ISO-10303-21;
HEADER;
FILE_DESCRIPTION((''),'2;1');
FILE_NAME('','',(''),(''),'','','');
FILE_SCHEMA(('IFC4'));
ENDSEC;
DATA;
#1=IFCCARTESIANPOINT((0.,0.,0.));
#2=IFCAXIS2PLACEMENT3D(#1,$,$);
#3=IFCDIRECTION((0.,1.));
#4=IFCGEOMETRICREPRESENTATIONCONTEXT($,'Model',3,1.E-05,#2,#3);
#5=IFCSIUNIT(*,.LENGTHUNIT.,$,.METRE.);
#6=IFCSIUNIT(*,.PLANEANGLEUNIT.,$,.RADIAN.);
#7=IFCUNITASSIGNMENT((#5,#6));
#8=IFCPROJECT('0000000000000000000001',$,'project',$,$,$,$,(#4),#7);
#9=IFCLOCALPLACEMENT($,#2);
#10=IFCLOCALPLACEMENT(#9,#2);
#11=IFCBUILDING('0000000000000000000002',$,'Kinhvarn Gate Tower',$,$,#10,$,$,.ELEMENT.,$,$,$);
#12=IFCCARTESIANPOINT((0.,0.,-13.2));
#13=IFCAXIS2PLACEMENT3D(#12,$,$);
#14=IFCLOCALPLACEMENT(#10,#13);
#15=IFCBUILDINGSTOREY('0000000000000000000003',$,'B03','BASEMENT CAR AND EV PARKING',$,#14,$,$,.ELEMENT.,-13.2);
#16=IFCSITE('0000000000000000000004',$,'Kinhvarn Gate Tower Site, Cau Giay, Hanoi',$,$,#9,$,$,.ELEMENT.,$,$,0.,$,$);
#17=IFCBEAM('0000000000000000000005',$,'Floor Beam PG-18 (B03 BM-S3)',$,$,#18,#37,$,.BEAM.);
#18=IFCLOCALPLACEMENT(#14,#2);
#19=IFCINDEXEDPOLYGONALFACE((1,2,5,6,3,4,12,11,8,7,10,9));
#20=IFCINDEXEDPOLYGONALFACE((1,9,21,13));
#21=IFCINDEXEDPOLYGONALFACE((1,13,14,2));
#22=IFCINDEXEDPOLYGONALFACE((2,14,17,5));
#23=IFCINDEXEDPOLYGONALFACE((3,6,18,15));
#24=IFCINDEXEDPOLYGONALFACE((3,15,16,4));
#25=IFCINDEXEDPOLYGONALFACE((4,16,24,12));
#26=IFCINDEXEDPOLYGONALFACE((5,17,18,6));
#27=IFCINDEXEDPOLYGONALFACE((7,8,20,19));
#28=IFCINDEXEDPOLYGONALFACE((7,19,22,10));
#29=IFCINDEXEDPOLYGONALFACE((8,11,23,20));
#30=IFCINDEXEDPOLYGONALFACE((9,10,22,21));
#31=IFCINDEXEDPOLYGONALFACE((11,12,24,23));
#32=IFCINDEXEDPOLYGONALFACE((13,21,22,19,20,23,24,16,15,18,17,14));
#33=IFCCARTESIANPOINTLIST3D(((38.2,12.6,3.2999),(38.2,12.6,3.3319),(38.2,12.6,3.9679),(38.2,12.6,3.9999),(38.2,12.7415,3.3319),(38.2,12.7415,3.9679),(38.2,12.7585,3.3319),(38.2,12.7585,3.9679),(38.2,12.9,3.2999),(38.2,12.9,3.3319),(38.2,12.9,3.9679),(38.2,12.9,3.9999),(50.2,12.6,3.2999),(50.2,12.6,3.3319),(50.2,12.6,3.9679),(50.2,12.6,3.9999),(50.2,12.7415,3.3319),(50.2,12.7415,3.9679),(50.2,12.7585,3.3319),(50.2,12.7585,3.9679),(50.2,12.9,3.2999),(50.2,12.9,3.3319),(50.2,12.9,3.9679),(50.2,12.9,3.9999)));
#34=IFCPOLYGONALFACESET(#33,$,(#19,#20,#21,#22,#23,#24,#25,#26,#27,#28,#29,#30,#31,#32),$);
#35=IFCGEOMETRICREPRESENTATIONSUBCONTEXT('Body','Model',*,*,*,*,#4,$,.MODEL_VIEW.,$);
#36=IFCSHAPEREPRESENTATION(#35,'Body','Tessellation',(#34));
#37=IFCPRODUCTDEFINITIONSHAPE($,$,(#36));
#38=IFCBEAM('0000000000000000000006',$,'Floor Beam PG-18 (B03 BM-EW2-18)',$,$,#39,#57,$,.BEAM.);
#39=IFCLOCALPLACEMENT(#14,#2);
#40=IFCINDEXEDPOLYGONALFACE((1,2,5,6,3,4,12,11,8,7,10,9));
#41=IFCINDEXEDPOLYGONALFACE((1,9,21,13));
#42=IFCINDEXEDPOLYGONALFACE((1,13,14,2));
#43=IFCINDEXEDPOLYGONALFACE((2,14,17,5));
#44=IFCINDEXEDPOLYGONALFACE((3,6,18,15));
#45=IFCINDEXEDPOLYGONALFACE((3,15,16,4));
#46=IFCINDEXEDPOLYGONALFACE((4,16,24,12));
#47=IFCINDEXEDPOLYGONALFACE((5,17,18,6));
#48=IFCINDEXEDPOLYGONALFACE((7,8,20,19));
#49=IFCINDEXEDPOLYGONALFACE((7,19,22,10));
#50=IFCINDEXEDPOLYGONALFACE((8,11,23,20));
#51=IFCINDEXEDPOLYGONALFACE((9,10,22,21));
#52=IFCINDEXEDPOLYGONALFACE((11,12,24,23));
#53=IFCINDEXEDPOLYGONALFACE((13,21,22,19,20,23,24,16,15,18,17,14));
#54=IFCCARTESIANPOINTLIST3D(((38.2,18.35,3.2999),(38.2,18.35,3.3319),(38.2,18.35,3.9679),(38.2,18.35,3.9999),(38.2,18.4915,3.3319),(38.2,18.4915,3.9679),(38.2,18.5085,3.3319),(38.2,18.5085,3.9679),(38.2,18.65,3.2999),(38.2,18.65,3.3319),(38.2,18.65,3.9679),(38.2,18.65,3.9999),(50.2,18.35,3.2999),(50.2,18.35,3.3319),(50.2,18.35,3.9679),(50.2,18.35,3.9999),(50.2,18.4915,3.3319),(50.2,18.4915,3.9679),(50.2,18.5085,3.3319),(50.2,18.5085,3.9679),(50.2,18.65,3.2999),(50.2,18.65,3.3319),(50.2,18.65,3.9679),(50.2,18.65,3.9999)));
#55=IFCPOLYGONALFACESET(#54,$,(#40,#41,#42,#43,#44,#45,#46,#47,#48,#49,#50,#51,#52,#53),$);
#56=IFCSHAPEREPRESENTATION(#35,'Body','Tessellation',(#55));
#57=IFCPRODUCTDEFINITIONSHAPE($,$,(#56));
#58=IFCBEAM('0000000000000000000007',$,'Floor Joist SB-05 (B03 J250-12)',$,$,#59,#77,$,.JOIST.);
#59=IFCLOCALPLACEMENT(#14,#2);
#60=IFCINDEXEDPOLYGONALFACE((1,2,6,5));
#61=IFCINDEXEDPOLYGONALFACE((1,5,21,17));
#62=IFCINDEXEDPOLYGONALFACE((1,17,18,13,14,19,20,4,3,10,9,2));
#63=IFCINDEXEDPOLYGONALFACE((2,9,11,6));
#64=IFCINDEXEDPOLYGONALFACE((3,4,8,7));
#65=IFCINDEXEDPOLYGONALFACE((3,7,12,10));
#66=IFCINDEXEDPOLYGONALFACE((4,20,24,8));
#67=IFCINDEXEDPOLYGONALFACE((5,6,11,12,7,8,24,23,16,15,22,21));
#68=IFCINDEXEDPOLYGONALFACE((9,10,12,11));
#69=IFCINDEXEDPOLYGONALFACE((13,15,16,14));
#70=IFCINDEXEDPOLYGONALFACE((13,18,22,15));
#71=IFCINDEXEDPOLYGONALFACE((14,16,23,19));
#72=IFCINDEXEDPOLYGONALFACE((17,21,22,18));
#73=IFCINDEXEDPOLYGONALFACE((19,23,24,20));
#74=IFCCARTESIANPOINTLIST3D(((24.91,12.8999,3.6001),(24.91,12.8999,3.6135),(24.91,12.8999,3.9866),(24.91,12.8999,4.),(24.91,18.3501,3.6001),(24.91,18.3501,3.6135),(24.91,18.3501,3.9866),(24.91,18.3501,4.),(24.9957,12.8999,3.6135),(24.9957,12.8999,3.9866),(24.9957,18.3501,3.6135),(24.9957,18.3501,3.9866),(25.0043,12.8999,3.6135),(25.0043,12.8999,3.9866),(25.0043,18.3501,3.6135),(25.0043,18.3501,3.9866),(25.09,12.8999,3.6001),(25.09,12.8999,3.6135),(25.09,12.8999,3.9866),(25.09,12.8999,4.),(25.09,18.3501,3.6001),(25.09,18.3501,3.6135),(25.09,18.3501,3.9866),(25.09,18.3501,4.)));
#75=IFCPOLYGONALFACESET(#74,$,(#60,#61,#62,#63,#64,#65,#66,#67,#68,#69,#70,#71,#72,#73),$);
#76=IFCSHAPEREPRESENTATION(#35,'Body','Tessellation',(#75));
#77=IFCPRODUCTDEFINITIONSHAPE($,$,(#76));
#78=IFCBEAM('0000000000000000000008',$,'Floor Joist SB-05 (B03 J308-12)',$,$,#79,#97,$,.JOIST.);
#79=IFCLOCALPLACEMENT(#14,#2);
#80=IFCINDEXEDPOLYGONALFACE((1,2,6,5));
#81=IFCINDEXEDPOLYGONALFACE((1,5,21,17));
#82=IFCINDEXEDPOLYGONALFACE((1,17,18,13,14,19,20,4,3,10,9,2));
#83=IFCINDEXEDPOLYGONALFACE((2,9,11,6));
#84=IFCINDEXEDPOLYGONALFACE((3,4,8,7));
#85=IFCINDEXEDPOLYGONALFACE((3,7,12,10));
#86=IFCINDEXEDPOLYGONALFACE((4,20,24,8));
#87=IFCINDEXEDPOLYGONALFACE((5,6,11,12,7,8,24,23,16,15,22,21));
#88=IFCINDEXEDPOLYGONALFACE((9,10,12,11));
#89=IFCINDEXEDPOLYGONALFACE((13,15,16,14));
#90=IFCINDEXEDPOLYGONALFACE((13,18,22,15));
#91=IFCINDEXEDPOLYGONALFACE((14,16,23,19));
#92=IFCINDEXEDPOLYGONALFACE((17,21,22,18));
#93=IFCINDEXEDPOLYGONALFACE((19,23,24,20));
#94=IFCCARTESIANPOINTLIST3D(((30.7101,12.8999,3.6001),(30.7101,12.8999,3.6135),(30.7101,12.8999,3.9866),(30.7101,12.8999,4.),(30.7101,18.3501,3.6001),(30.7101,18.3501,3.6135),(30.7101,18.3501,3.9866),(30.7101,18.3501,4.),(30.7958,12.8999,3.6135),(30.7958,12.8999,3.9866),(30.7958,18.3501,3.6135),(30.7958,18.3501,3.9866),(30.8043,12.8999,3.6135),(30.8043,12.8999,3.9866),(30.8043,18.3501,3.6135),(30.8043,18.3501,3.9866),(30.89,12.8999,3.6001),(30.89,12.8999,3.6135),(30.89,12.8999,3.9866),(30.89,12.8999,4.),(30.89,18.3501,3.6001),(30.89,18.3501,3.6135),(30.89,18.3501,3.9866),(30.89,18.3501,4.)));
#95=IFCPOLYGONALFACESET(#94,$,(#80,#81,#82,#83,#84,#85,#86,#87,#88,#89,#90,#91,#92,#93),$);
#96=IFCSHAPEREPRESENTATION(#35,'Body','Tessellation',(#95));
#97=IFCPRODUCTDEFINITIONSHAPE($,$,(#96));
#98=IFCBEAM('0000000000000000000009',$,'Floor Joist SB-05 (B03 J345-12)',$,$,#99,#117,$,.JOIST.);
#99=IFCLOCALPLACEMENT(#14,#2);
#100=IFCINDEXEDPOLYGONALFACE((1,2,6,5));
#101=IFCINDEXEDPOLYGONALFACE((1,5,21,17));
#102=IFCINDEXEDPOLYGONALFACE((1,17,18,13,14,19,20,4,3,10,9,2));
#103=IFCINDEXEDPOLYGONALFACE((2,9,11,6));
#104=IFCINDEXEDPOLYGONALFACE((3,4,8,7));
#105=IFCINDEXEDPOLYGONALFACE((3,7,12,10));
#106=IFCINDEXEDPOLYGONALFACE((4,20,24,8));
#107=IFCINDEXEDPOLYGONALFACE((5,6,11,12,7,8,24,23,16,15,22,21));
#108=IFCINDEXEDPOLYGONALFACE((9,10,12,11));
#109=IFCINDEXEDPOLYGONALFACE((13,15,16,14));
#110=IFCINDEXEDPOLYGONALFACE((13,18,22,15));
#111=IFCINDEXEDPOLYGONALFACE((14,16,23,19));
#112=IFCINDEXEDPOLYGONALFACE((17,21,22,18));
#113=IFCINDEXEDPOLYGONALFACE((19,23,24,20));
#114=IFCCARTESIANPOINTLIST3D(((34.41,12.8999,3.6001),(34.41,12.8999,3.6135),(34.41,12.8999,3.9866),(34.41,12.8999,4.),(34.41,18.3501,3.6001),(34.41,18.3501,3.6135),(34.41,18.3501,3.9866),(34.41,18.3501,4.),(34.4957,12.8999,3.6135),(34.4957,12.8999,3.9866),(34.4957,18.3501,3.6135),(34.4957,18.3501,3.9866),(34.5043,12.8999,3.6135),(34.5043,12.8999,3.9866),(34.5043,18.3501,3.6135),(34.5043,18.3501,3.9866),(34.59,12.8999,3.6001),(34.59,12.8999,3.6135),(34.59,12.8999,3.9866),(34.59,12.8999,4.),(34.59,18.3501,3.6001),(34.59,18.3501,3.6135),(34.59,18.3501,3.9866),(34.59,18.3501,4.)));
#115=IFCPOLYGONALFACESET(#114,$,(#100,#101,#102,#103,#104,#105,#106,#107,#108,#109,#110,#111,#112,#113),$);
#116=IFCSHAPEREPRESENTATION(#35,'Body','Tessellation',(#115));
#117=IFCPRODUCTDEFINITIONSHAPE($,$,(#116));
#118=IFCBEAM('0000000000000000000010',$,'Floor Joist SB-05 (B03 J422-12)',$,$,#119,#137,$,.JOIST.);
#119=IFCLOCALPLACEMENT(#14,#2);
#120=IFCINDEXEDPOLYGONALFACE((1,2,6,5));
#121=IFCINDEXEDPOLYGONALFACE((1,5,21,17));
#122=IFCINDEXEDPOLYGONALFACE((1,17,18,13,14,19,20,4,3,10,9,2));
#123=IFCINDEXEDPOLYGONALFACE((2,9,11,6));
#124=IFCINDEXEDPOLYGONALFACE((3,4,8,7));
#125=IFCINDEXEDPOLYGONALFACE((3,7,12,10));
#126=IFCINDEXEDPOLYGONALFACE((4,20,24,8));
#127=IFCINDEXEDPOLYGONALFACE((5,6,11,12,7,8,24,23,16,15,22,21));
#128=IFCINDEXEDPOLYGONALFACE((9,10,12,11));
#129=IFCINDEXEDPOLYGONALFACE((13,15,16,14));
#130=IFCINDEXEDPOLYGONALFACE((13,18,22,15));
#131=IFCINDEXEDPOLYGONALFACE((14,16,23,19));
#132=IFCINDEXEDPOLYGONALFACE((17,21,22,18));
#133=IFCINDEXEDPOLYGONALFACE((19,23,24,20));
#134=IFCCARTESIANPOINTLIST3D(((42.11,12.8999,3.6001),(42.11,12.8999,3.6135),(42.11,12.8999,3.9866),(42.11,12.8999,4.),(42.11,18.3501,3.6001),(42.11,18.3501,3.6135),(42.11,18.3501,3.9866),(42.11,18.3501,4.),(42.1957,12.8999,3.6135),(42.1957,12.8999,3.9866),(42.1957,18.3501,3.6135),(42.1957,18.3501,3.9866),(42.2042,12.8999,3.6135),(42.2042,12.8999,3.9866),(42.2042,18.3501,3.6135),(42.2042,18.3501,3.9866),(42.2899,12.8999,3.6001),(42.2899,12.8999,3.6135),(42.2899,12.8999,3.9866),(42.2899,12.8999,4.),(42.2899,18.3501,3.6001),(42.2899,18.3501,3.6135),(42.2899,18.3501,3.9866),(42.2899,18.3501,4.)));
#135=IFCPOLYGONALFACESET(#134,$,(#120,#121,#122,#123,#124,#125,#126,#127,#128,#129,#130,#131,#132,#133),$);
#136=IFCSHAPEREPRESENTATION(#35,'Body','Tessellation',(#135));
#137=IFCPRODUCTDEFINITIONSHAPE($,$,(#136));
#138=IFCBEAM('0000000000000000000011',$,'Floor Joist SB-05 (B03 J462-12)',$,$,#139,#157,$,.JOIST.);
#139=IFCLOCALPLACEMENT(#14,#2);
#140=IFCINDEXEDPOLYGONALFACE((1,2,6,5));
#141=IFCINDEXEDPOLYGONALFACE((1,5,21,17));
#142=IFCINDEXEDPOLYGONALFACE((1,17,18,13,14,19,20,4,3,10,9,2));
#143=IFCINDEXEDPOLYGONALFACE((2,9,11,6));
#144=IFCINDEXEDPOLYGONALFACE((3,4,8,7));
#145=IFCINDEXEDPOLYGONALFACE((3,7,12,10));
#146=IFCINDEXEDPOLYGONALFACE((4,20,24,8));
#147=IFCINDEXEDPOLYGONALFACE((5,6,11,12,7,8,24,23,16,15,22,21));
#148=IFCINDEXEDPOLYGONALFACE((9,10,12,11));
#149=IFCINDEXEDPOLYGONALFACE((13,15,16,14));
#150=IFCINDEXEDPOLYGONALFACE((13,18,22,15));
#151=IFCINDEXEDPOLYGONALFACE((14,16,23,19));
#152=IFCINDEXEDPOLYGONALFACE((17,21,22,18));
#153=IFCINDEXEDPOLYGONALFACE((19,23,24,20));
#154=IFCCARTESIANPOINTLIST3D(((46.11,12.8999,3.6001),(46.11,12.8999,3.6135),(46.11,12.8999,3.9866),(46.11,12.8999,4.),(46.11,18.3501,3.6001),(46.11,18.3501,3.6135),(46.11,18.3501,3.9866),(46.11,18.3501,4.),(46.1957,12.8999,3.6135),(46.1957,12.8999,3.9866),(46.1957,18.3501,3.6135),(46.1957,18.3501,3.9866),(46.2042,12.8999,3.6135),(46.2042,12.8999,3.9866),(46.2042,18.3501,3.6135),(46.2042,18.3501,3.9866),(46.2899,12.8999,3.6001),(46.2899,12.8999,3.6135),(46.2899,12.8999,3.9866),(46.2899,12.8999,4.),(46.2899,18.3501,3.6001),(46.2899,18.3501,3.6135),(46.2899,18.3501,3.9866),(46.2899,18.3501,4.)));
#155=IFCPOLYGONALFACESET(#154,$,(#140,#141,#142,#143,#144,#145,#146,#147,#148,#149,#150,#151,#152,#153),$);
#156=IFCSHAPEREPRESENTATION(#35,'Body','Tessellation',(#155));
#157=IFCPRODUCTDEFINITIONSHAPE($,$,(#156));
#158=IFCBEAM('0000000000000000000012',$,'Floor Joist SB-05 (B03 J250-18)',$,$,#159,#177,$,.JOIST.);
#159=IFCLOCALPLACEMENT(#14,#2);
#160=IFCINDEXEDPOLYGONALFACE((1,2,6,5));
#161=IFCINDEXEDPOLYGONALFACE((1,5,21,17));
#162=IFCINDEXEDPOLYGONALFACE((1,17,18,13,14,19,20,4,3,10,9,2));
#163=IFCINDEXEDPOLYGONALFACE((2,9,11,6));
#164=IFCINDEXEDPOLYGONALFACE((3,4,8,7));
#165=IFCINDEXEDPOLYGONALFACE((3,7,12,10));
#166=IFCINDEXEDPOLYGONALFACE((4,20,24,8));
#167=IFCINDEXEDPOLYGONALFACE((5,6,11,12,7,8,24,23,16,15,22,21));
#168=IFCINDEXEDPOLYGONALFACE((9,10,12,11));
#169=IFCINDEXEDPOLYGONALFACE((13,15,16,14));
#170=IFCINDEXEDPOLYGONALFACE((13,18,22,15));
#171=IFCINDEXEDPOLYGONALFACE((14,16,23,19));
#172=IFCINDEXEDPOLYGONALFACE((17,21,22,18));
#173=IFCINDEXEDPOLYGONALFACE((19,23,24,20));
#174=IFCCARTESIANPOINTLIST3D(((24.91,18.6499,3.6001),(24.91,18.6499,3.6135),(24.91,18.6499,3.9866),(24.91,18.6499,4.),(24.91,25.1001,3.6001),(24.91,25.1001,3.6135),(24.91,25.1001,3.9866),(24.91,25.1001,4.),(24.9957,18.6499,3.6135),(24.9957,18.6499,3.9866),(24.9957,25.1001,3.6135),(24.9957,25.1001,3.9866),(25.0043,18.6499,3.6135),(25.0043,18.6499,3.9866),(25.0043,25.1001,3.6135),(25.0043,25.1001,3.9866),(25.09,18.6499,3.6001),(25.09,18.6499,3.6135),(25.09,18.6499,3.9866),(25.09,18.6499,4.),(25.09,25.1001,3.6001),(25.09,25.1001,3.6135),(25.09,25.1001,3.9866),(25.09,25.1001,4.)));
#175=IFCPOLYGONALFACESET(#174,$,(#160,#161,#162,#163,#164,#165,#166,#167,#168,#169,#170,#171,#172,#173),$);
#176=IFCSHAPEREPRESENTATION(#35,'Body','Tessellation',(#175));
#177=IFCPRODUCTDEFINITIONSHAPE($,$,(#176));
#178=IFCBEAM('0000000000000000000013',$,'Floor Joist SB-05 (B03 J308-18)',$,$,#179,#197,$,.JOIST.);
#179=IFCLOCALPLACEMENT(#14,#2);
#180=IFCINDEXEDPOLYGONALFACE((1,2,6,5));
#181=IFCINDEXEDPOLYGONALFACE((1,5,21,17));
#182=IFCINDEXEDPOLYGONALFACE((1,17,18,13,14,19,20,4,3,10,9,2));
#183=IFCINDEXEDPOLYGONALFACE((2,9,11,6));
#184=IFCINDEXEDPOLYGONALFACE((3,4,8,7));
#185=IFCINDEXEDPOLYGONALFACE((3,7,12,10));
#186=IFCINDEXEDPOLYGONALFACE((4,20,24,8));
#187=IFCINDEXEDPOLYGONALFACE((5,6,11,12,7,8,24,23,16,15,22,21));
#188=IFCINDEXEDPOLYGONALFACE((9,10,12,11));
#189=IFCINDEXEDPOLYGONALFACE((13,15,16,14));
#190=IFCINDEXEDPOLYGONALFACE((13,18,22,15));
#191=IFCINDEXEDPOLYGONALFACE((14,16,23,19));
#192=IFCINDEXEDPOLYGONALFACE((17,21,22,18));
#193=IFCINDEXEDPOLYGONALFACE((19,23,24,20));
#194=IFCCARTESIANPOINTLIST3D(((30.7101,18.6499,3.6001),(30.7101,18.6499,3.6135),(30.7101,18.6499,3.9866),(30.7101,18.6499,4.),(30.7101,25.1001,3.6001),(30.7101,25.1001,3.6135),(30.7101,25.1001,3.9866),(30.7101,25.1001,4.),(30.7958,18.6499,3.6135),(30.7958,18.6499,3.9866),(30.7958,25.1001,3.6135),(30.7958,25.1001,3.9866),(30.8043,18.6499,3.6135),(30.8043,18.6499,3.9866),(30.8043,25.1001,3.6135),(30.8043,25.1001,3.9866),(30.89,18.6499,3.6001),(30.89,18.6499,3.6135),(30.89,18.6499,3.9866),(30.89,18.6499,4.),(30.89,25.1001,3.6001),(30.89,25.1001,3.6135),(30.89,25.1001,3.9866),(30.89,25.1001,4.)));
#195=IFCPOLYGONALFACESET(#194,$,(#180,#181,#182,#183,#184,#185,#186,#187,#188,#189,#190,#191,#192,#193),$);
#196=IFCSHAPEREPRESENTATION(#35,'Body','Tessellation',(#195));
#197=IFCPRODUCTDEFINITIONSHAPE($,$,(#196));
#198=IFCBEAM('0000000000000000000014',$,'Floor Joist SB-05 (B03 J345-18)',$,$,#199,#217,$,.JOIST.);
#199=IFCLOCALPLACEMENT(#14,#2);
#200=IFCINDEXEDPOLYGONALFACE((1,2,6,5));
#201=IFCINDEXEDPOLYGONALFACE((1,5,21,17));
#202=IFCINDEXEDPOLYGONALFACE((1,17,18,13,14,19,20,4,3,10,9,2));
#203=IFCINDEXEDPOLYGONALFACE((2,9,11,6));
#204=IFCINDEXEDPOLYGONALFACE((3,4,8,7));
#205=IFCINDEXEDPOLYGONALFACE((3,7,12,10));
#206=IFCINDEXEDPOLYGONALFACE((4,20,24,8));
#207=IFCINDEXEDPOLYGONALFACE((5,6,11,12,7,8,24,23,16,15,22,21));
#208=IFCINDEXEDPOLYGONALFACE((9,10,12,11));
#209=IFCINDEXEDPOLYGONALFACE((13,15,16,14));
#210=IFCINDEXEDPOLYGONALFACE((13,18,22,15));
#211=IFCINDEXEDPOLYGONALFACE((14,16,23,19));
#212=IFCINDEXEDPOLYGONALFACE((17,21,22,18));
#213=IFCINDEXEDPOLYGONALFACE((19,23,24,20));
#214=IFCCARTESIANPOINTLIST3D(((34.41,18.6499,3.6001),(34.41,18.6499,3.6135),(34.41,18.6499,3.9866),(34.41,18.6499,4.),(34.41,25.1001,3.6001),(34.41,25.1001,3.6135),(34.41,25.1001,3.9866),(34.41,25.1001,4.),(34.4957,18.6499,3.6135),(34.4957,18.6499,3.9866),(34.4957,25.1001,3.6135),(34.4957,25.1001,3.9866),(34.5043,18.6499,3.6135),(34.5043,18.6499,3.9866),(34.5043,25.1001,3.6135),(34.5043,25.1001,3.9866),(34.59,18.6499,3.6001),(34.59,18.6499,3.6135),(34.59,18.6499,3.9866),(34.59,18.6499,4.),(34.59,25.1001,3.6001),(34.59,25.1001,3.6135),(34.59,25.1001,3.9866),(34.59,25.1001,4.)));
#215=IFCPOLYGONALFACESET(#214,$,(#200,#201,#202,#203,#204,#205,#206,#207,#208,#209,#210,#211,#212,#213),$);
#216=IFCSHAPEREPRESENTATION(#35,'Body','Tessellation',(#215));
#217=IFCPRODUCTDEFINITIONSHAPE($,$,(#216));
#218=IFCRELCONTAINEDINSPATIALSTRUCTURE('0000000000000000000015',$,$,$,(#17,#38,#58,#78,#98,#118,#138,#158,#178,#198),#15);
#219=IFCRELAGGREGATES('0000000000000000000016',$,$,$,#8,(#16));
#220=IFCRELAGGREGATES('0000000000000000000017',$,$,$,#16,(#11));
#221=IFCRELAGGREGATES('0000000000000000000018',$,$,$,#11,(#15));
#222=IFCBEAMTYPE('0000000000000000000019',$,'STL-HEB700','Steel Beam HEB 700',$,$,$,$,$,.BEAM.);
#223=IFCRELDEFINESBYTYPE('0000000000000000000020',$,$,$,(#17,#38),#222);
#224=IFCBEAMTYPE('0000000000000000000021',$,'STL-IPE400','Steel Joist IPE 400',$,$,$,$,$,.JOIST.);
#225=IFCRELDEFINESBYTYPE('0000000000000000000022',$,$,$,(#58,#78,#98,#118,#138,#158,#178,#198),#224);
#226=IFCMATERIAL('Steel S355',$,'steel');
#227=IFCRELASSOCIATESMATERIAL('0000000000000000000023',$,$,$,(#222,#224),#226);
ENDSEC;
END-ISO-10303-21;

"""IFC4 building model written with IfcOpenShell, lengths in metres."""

from ifc_helpers import new_model, si_unit, direction, frame, origin, origin_2d, place, context, subcontext, project, spatial, i_section, extrude, material, material_profile, profile_set, type_object, element, save


model = new_model("IFC4")

# Units and contexts
model_context = context("Model", 3, precision=1e-05, world=origin(), true_north=direction((0.0, 1.0)))
body_context = subcontext(model_context, "Body", "Model", "MODEL_VIEW")
ifc_project = project(units=[si_unit("LENGTHUNIT", "METRE"), si_unit("PLANEANGLEUNIT", "RADIAN")], contexts=[model_context])

# Site, building, storey
site_placement = place(None, origin())
site = spatial("IfcSite", under=ifc_project, at=site_placement, Name="Kinhvarn Gate Tower Site, Cau Giay, Hanoi", CompositionType="ELEMENT", RefElevation=0.0)
building_placement = place(site_placement, origin())
building = spatial("IfcBuilding", under=site, at=building_placement, Name="Kinhvarn Gate Tower", CompositionType="ELEMENT")
storey_placement = place(building_placement, frame((0.0, 0.0, -13.2)))
storey = spatial("IfcBuildingStorey", under=building, at=storey_placement, Name="B03", Description="BASEMENT CAR AND EV PARKING", CompositionType="ELEMENT", Elevation=-13.2)

# Beams
ifc_material_1 = material(Name="Steel S355", Category="steel")
ifc_material_profile_1 = material_profile(ifc_material_1, i_section(OverallWidth=0.3, OverallDepth=0.7, WebThickness=0.0171, FlangeThickness=0.032, at=origin_2d()), Name="HEB 700")
ifc_profile_set_1 = profile_set([ifc_material_profile_1], Name="Steel S355")
beam_type_1 = type_object("IfcBeamType", Name="STL-HEB700", Description="Steel Beam HEB 700", PredefinedType="BEAM", material=ifc_profile_set_1)
for number, where, z_axis, x_axis, name in (
    (1, (38.2, 12.75, 3.6499), (1.0, 0.0, 0.0), (0.0, 1.0, 0.0), "Floor Beam PG-18 (B03 BM-S3)"),
    (2, (38.2, 18.5, 3.6499), (1.0, 0.0, 0.0), (0.0, 1.0, 0.0), "Floor Beam PG-18 (B03 BM-EW2-18)"),
):
    element("IfcBeam", number, at=place(storey_placement, frame(where, z_axis=z_axis, x_axis=x_axis)), inside=storey, type_object=beam_type_1, Name=name, PredefinedType="BEAM", context=body_context, shape_type="SweptSolid", body=[
        extrude(i_section(OverallWidth=0.3, OverallDepth=0.7, WebThickness=0.0171, FlangeThickness=0.032, at=origin_2d()), origin(), (0.0, 0.0, 1.0), 12.0),
    ])
ifc_material_profile_2 = material_profile(ifc_material_1, i_section(OverallWidth=0.1799, OverallDepth=0.3999, WebThickness=0.0085, FlangeThickness=0.0134, at=origin_2d()), Name="IPE 400")
ifc_profile_set_2 = profile_set([ifc_material_profile_2], Name="Steel S355")
beam_type_2 = type_object("IfcBeamType", Name="STL-IPE400", Description="Steel Joist IPE 400", PredefinedType="JOIST", material=ifc_profile_set_2)
for number, where, z_axis, x_axis, name in (
    (3, (25.0, 12.8999, 3.8), (0.0, 1.0, 0.0), (-1.0, 0.0, 0.0), "Floor Joist SB-05 (B03 J250-12)"),
    (4, (30.8, 12.8999, 3.8), (0.0, 1.0, 0.0), (-1.0, 0.0, 0.0), "Floor Joist SB-05 (B03 J308-12)"),
    (5, (34.5, 12.8999, 3.8), (0.0, 1.0, 0.0), (-1.0, 0.0, 0.0), "Floor Joist SB-05 (B03 J345-12)"),
    (6, (42.2, 12.8999, 3.8), (0.0, 1.0, 0.0), (-1.0, 0.0, 0.0), "Floor Joist SB-05 (B03 J422-12)"),
    (7, (46.2, 12.8999, 3.8), (0.0, 1.0, 0.0), (-1.0, 0.0, 0.0), "Floor Joist SB-05 (B03 J462-12)"),
):
    element("IfcBeam", number, at=place(storey_placement, frame(where, z_axis=z_axis, x_axis=x_axis)), inside=storey, type_object=beam_type_2, Name=name, PredefinedType="JOIST", context=body_context, shape_type="SweptSolid", body=[
        extrude(i_section(OverallWidth=0.1799, OverallDepth=0.3999, WebThickness=0.0085, FlangeThickness=0.0134, at=origin_2d()), origin(), (0.0, 0.0, 1.0), 5.4502),
    ])
for number, where, z_axis, x_axis, name in (
    (8, (25.0, 18.6499, 3.8), (0.0, 1.0, 0.0), (-1.0, 0.0, 0.0), "Floor Joist SB-05 (B03 J250-18)"),
    (9, (30.8, 18.6499, 3.8), (0.0, 1.0, 0.0), (-1.0, 0.0, 0.0), "Floor Joist SB-05 (B03 J308-18)"),
    (10, (34.5, 18.6499, 3.8), (0.0, 1.0, 0.0), (-1.0, 0.0, 0.0), "Floor Joist SB-05 (B03 J345-18)"),
):
    element("IfcBeam", number, at=place(storey_placement, frame(where, z_axis=z_axis, x_axis=x_axis)), inside=storey, type_object=beam_type_2, Name=name, PredefinedType="JOIST", context=body_context, shape_type="SweptSolid", body=[
        extrude(i_section(OverallWidth=0.1799, OverallDepth=0.3999, WebThickness=0.0085, FlangeThickness=0.0134, at=origin_2d()), origin(), (0.0, 0.0, 1.0), 6.4502),
    ])

save(model, "model.ifc")
